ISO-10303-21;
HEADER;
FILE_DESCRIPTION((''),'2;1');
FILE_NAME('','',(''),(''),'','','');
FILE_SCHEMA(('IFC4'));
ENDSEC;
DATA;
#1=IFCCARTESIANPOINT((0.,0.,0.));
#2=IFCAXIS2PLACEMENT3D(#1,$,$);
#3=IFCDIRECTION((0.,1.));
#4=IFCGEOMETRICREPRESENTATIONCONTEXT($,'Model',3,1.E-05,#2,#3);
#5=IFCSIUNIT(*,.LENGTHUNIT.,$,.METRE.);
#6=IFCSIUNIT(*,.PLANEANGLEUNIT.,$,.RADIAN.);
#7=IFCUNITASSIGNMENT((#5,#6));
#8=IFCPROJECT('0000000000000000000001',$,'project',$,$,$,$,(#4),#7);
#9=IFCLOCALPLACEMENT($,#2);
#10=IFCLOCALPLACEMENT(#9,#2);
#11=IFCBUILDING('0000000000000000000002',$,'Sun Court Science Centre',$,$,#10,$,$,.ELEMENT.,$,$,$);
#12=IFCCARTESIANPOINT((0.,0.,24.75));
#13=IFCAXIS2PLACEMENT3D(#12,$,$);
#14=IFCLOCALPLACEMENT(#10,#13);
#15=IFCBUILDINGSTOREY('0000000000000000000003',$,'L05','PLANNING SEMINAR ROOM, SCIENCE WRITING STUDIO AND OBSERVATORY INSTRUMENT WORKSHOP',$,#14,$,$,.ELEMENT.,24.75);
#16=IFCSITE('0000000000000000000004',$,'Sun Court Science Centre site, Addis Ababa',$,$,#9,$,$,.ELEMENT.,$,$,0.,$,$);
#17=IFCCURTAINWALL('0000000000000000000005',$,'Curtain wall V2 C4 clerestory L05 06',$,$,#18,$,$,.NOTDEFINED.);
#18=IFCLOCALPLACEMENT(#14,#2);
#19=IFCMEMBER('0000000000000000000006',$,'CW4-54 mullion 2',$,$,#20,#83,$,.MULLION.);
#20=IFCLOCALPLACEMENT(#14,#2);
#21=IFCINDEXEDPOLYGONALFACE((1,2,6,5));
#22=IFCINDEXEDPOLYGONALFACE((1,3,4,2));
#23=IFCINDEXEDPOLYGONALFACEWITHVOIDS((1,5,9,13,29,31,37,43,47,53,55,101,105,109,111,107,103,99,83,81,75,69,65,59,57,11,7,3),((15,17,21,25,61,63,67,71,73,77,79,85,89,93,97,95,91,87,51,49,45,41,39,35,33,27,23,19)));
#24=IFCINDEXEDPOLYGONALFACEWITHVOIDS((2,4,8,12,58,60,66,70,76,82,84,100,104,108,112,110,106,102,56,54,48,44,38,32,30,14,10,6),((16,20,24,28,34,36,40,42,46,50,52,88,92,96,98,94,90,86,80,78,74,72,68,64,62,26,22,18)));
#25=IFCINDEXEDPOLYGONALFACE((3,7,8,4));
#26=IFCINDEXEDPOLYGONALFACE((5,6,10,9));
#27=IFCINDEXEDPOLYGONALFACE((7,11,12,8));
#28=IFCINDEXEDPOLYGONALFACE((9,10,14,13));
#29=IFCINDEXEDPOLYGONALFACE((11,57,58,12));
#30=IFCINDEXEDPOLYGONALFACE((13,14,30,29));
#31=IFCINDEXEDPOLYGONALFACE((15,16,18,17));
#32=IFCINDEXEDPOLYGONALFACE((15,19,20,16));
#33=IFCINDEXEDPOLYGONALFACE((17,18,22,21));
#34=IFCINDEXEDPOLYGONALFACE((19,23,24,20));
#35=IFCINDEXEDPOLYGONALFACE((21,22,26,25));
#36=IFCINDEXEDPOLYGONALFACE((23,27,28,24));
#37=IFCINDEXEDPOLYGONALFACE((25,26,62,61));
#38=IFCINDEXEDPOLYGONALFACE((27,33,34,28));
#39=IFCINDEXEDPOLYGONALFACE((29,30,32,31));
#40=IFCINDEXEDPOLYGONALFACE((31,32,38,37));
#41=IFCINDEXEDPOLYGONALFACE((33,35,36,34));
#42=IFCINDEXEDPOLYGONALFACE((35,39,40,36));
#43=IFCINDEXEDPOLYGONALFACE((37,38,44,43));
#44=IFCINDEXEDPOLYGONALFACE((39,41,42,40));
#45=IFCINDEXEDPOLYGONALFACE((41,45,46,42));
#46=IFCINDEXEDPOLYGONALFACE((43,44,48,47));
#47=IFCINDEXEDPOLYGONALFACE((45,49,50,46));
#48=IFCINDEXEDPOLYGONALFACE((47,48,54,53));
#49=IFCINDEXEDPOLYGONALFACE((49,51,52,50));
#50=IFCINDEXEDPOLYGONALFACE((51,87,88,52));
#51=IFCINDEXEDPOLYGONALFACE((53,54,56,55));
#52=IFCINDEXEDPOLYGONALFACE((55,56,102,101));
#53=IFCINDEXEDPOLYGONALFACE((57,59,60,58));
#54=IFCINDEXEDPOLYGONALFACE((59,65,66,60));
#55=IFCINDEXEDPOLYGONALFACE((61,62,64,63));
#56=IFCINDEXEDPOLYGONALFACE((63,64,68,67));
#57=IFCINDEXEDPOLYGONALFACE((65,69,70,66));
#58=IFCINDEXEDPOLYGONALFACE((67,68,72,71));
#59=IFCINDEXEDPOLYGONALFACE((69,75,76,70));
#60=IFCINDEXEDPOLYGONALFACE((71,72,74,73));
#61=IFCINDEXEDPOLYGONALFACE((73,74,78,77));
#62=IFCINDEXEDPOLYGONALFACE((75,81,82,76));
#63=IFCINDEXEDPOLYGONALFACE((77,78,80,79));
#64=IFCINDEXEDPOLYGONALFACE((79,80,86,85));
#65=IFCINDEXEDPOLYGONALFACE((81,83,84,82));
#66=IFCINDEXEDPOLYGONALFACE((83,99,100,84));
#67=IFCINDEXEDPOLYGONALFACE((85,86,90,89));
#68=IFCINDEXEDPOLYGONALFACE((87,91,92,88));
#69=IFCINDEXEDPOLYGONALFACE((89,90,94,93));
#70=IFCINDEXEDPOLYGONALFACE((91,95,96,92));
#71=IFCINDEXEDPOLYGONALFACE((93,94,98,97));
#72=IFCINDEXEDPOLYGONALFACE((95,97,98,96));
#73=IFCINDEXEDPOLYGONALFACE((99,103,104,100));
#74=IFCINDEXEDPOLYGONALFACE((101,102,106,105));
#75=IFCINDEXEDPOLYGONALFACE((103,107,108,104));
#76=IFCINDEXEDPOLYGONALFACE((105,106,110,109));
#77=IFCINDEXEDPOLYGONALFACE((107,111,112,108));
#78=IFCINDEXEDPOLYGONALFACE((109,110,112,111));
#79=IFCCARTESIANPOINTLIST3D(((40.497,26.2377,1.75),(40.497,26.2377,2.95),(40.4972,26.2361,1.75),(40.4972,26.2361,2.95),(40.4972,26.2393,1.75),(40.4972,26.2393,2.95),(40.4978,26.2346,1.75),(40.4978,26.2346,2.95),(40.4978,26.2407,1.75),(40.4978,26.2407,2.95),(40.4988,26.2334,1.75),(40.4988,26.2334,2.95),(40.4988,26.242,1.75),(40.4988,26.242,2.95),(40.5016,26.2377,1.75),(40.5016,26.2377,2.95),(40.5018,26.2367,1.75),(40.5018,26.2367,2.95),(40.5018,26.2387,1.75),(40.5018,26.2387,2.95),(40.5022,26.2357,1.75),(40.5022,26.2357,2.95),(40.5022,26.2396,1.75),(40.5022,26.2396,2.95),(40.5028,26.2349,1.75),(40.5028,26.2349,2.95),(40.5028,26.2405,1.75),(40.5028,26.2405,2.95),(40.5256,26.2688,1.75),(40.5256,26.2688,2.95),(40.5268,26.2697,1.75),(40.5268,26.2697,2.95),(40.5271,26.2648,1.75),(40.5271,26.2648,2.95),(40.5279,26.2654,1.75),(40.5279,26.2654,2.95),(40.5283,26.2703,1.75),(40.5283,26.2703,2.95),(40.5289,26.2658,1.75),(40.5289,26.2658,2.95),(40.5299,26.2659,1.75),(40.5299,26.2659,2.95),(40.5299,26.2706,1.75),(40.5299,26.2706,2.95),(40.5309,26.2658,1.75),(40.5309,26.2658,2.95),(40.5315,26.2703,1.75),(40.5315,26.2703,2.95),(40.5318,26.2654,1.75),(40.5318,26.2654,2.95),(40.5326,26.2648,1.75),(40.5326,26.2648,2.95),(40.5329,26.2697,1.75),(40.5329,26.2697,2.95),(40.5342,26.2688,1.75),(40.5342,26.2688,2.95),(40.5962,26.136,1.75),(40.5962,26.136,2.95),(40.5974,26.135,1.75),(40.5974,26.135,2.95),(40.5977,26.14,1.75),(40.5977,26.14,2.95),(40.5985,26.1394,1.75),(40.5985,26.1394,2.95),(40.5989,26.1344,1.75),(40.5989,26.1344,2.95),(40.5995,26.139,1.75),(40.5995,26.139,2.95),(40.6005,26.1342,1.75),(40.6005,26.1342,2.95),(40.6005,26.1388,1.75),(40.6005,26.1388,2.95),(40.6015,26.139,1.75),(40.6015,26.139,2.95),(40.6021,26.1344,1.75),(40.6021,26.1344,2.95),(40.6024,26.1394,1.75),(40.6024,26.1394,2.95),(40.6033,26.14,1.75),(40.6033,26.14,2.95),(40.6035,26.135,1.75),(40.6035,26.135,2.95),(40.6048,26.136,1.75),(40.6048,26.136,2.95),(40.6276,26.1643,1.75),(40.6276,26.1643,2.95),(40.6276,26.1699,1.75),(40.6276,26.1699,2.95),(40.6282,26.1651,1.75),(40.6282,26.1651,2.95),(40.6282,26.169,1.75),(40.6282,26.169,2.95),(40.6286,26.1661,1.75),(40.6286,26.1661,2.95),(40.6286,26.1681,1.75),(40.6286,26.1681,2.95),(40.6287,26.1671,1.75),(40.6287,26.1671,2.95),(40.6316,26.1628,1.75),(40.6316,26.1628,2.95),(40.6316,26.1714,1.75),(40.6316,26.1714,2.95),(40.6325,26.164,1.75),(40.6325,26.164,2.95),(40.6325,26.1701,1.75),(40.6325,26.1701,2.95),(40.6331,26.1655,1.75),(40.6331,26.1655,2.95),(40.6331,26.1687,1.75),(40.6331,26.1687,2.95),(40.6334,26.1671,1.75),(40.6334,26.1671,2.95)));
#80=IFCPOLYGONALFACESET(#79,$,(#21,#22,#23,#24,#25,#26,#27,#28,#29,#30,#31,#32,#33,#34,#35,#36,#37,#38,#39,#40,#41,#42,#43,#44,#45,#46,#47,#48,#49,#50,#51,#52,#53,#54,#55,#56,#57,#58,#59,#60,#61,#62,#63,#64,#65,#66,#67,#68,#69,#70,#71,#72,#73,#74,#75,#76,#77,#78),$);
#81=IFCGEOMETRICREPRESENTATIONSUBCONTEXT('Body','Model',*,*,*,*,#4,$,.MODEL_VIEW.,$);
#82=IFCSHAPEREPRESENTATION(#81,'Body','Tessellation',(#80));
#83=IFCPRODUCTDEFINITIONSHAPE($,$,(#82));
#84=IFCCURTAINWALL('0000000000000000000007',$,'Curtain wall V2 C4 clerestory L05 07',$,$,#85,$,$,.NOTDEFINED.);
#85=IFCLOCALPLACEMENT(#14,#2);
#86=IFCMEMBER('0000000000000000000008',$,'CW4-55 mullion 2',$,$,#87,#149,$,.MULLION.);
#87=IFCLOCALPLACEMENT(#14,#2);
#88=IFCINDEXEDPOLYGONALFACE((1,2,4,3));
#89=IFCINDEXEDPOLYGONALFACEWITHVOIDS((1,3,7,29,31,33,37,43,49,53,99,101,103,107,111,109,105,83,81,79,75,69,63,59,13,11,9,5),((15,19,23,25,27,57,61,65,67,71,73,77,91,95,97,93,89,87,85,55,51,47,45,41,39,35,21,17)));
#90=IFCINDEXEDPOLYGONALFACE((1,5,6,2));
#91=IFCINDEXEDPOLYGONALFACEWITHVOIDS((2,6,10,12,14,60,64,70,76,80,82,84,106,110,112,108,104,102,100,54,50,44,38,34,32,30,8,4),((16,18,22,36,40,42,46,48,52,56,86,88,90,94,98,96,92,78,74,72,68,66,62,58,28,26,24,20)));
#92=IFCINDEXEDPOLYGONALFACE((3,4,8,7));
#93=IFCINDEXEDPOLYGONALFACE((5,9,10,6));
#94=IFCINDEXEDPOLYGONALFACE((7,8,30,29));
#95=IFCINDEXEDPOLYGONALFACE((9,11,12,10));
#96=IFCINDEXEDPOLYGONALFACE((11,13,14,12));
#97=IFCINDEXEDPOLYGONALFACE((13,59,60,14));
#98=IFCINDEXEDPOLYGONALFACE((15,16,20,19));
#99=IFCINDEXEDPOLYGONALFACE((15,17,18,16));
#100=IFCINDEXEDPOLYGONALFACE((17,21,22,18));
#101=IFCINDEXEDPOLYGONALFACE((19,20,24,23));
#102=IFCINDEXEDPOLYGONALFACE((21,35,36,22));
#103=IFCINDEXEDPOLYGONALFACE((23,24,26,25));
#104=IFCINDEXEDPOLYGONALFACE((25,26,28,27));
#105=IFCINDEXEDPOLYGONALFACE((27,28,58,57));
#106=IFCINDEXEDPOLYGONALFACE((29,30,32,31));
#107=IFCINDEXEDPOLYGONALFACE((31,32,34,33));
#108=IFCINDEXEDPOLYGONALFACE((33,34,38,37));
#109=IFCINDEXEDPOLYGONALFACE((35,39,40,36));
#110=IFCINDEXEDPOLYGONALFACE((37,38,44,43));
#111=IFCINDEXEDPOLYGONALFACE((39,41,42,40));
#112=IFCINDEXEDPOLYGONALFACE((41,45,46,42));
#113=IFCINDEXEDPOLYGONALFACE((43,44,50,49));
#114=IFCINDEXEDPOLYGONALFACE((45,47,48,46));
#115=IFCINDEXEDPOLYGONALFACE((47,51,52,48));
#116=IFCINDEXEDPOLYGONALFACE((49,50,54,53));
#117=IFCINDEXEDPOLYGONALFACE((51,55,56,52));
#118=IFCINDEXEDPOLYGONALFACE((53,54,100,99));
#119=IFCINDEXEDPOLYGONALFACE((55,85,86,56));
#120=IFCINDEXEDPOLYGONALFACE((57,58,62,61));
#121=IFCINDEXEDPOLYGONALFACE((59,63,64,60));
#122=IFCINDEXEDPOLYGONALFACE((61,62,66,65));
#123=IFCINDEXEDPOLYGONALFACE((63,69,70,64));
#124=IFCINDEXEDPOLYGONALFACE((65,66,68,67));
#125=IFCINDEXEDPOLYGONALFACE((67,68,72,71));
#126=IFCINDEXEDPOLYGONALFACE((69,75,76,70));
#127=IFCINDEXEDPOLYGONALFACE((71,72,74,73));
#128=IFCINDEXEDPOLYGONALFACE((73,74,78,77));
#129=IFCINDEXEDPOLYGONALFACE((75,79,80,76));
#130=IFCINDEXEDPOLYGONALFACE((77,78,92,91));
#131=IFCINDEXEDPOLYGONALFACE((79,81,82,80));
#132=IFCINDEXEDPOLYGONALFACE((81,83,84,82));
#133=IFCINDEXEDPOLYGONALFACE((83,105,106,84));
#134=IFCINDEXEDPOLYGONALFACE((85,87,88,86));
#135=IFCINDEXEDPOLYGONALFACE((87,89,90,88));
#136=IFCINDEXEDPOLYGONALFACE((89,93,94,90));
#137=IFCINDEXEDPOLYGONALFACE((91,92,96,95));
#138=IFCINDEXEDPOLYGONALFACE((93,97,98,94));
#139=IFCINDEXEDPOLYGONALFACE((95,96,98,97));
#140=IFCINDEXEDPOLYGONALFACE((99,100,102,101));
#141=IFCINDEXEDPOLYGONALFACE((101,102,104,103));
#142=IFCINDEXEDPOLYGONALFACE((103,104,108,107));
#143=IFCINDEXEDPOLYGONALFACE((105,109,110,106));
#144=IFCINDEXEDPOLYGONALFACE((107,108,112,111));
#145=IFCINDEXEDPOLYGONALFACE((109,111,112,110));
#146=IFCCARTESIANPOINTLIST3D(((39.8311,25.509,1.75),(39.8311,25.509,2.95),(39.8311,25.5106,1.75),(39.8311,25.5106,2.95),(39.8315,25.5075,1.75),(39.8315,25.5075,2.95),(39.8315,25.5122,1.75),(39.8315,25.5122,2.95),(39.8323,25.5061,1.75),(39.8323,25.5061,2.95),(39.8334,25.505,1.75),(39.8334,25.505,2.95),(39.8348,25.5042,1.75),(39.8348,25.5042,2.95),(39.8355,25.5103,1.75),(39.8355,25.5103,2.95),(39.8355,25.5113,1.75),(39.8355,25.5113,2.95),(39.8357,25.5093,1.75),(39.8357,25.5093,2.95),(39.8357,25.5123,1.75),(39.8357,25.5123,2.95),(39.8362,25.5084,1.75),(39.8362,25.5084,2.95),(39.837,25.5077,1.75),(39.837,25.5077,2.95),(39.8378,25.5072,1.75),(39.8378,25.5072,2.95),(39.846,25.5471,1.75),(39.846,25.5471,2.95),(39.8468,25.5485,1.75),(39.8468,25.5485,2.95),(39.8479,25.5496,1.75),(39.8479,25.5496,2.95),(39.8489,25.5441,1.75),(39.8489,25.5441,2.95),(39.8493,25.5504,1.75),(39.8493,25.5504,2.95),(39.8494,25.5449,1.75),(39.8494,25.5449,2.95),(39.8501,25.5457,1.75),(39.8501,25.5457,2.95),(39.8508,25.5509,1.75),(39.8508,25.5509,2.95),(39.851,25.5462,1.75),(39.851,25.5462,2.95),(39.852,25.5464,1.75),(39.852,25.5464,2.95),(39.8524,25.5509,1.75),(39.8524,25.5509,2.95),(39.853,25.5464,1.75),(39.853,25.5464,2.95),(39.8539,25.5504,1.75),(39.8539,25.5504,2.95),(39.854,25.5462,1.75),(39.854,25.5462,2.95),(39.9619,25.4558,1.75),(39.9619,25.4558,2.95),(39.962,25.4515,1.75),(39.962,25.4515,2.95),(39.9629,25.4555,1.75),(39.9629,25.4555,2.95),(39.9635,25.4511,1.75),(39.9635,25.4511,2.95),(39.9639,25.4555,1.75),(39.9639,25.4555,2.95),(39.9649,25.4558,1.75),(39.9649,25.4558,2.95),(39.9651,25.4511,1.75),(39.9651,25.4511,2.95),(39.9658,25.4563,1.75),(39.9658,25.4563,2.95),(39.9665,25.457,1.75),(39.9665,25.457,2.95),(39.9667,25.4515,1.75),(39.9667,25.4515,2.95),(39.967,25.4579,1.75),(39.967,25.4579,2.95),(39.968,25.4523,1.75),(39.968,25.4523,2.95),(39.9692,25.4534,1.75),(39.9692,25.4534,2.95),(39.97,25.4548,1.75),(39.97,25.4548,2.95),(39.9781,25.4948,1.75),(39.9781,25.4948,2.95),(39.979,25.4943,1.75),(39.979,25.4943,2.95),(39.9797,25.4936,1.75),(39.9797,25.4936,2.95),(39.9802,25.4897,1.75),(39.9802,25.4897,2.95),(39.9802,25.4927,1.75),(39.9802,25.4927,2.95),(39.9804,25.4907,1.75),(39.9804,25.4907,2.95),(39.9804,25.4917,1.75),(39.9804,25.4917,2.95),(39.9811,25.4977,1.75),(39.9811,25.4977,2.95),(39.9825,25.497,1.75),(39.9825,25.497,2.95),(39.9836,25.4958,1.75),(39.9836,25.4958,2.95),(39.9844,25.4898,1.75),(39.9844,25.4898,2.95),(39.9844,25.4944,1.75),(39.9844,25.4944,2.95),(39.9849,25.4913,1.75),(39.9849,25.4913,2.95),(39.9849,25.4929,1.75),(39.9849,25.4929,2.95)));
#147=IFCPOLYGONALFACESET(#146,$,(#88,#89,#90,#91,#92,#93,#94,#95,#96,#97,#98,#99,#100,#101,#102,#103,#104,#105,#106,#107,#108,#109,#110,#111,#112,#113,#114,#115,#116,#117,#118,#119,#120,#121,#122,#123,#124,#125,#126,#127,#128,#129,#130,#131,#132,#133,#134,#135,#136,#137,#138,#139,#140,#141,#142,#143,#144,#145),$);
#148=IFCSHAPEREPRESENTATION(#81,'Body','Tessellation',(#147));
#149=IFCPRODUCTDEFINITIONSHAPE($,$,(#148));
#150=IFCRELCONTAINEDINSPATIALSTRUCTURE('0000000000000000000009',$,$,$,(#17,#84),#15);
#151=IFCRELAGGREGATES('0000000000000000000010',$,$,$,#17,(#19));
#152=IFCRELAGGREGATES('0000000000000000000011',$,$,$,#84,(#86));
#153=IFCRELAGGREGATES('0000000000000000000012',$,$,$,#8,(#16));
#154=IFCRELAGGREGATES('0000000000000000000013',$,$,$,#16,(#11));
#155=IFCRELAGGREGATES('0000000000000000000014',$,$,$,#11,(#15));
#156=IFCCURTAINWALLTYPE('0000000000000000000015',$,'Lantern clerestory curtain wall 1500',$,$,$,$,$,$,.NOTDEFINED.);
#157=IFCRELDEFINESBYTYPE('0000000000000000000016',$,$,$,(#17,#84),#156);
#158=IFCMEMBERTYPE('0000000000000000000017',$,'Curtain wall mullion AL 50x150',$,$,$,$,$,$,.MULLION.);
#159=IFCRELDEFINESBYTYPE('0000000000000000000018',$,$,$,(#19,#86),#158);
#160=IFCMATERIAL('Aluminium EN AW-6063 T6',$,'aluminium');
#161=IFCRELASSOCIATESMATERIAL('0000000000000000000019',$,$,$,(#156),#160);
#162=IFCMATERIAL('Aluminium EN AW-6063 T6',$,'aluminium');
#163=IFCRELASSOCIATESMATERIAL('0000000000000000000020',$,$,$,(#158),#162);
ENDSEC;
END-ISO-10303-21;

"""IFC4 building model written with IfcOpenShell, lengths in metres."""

from ifc_helpers import new_model, si_unit, direction, frame, origin, origin_2d, place, context, subcontext, project, spatial, hollow_rectangle, extrude, material, material_profile, profile_set, type_object, element, aggregate, save


model = new_model("IFC4")

# Units and contexts
model_context = context("Model", 3, precision=1e-05, world=origin(), true_north=direction((0.0, 1.0)))
body_context = subcontext(model_context, "Body", "Model", "MODEL_VIEW")
ifc_project = project(units=[si_unit("LENGTHUNIT", "METRE"), si_unit("PLANEANGLEUNIT", "RADIAN")], contexts=[model_context])

# Site, building, storey
site_placement = place(None, origin())
site = spatial("IfcSite", under=ifc_project, at=site_placement, Name="Sun Court Science Centre site, Addis Ababa", CompositionType="ELEMENT", RefElevation=0.0)
building_placement = place(site_placement, origin())
building = spatial("IfcBuilding", under=site, at=building_placement, Name="Sun Court Science Centre", CompositionType="ELEMENT")
storey_placement = place(building_placement, frame((0.0, 0.0, 24.75)))
storey = spatial("IfcBuildingStorey", under=building, at=storey_placement, Name="L05", Description="PLANNING SEMINAR ROOM, SCIENCE WRITING STUDIO AND OBSERVATORY INSTRUMENT WORKSHOP", CompositionType="ELEMENT", Elevation=24.75)

# Shared definitions
ifc_material_1 = material(Name="Aluminium EN AW-6063 T6", Category="aluminium")
curtain_wall_type = type_object("IfcCurtainWallType", Name="Lantern clerestory curtain wall 1500", PredefinedType="NOTDEFINED", material=ifc_material_1)
ifc_material_2 = material(Name="Aluminium EN AW-6063 T6", Category="aluminium")
ifc_material_profile_1 = material_profile(ifc_material_2, hollow_rectangle(XDim=0.05, YDim=0.1499, WallThickness=0.0039, InnerFilletRadius=0.0039, OuterFilletRadius=0.0061, at=origin_2d()), Name="AL 50x150x4")
ifc_profile_set_1 = profile_set([ifc_material_profile_1], Name="Aluminium EN AW-6063 T6")
member_type_1 = type_object("IfcMemberType", Name="Curtain wall mullion AL 50x150", PredefinedType="MULLION", material=ifc_profile_set_1)

# Curtain wall, member
curtain_wall_1_placement = place(storey_placement, origin())
curtain_wall_1 = element("IfcCurtainWall", 1, at=curtain_wall_1_placement, inside=storey, type_object=curtain_wall_type, Name="Curtain wall V2 C4 clerestory L05 06", PredefinedType="NOTDEFINED")
member_1_placement = place(storey_placement, frame((40.5652, 26.2024, 1.75), z_axis=(0.0, 0.0, 1.0), x_axis=(0.707107, 0.707107, 0.0)))
member_1 = element("IfcMember", 2, at=member_1_placement, type_object=member_type_1, Name="CW4-54 mullion 2", PredefinedType="MULLION", context=body_context, shape_type="SweptSolid", body=[
    extrude(hollow_rectangle(XDim=0.05, YDim=0.1499, WallThickness=0.0039, InnerFilletRadius=0.0039, OuterFilletRadius=0.0061, at=origin_2d()), origin(), (0.0, 0.0, 1.0), 1.2),
])

# Curtain wall, member
curtain_wall_2_placement = place(storey_placement, origin())
curtain_wall_2 = element("IfcCurtainWall", 3, at=curtain_wall_2_placement, inside=storey, type_object=curtain_wall_type, Name="Curtain wall V2 C4 clerestory L05 07", PredefinedType="NOTDEFINED")
member_2_placement = place(storey_placement, frame((39.908, 25.501, 1.75), z_axis=(0.0, 0.0, 1.0), x_axis=(0.382683, 0.92388, 0.0)))
member_2 = element("IfcMember", 4, at=member_2_placement, type_object=member_type_1, Name="CW4-55 mullion 2", PredefinedType="MULLION", context=body_context, shape_type="SweptSolid", body=[
    extrude(hollow_rectangle(XDim=0.05, YDim=0.1499, WallThickness=0.0039, InnerFilletRadius=0.0039, OuterFilletRadius=0.0061, at=origin_2d()), origin(), (0.0, 0.0, 1.0), 1.2),
])

aggregate(curtain_wall_1, [member_1])
aggregate(curtain_wall_2, [member_2])

save(model, "model.ifc")
